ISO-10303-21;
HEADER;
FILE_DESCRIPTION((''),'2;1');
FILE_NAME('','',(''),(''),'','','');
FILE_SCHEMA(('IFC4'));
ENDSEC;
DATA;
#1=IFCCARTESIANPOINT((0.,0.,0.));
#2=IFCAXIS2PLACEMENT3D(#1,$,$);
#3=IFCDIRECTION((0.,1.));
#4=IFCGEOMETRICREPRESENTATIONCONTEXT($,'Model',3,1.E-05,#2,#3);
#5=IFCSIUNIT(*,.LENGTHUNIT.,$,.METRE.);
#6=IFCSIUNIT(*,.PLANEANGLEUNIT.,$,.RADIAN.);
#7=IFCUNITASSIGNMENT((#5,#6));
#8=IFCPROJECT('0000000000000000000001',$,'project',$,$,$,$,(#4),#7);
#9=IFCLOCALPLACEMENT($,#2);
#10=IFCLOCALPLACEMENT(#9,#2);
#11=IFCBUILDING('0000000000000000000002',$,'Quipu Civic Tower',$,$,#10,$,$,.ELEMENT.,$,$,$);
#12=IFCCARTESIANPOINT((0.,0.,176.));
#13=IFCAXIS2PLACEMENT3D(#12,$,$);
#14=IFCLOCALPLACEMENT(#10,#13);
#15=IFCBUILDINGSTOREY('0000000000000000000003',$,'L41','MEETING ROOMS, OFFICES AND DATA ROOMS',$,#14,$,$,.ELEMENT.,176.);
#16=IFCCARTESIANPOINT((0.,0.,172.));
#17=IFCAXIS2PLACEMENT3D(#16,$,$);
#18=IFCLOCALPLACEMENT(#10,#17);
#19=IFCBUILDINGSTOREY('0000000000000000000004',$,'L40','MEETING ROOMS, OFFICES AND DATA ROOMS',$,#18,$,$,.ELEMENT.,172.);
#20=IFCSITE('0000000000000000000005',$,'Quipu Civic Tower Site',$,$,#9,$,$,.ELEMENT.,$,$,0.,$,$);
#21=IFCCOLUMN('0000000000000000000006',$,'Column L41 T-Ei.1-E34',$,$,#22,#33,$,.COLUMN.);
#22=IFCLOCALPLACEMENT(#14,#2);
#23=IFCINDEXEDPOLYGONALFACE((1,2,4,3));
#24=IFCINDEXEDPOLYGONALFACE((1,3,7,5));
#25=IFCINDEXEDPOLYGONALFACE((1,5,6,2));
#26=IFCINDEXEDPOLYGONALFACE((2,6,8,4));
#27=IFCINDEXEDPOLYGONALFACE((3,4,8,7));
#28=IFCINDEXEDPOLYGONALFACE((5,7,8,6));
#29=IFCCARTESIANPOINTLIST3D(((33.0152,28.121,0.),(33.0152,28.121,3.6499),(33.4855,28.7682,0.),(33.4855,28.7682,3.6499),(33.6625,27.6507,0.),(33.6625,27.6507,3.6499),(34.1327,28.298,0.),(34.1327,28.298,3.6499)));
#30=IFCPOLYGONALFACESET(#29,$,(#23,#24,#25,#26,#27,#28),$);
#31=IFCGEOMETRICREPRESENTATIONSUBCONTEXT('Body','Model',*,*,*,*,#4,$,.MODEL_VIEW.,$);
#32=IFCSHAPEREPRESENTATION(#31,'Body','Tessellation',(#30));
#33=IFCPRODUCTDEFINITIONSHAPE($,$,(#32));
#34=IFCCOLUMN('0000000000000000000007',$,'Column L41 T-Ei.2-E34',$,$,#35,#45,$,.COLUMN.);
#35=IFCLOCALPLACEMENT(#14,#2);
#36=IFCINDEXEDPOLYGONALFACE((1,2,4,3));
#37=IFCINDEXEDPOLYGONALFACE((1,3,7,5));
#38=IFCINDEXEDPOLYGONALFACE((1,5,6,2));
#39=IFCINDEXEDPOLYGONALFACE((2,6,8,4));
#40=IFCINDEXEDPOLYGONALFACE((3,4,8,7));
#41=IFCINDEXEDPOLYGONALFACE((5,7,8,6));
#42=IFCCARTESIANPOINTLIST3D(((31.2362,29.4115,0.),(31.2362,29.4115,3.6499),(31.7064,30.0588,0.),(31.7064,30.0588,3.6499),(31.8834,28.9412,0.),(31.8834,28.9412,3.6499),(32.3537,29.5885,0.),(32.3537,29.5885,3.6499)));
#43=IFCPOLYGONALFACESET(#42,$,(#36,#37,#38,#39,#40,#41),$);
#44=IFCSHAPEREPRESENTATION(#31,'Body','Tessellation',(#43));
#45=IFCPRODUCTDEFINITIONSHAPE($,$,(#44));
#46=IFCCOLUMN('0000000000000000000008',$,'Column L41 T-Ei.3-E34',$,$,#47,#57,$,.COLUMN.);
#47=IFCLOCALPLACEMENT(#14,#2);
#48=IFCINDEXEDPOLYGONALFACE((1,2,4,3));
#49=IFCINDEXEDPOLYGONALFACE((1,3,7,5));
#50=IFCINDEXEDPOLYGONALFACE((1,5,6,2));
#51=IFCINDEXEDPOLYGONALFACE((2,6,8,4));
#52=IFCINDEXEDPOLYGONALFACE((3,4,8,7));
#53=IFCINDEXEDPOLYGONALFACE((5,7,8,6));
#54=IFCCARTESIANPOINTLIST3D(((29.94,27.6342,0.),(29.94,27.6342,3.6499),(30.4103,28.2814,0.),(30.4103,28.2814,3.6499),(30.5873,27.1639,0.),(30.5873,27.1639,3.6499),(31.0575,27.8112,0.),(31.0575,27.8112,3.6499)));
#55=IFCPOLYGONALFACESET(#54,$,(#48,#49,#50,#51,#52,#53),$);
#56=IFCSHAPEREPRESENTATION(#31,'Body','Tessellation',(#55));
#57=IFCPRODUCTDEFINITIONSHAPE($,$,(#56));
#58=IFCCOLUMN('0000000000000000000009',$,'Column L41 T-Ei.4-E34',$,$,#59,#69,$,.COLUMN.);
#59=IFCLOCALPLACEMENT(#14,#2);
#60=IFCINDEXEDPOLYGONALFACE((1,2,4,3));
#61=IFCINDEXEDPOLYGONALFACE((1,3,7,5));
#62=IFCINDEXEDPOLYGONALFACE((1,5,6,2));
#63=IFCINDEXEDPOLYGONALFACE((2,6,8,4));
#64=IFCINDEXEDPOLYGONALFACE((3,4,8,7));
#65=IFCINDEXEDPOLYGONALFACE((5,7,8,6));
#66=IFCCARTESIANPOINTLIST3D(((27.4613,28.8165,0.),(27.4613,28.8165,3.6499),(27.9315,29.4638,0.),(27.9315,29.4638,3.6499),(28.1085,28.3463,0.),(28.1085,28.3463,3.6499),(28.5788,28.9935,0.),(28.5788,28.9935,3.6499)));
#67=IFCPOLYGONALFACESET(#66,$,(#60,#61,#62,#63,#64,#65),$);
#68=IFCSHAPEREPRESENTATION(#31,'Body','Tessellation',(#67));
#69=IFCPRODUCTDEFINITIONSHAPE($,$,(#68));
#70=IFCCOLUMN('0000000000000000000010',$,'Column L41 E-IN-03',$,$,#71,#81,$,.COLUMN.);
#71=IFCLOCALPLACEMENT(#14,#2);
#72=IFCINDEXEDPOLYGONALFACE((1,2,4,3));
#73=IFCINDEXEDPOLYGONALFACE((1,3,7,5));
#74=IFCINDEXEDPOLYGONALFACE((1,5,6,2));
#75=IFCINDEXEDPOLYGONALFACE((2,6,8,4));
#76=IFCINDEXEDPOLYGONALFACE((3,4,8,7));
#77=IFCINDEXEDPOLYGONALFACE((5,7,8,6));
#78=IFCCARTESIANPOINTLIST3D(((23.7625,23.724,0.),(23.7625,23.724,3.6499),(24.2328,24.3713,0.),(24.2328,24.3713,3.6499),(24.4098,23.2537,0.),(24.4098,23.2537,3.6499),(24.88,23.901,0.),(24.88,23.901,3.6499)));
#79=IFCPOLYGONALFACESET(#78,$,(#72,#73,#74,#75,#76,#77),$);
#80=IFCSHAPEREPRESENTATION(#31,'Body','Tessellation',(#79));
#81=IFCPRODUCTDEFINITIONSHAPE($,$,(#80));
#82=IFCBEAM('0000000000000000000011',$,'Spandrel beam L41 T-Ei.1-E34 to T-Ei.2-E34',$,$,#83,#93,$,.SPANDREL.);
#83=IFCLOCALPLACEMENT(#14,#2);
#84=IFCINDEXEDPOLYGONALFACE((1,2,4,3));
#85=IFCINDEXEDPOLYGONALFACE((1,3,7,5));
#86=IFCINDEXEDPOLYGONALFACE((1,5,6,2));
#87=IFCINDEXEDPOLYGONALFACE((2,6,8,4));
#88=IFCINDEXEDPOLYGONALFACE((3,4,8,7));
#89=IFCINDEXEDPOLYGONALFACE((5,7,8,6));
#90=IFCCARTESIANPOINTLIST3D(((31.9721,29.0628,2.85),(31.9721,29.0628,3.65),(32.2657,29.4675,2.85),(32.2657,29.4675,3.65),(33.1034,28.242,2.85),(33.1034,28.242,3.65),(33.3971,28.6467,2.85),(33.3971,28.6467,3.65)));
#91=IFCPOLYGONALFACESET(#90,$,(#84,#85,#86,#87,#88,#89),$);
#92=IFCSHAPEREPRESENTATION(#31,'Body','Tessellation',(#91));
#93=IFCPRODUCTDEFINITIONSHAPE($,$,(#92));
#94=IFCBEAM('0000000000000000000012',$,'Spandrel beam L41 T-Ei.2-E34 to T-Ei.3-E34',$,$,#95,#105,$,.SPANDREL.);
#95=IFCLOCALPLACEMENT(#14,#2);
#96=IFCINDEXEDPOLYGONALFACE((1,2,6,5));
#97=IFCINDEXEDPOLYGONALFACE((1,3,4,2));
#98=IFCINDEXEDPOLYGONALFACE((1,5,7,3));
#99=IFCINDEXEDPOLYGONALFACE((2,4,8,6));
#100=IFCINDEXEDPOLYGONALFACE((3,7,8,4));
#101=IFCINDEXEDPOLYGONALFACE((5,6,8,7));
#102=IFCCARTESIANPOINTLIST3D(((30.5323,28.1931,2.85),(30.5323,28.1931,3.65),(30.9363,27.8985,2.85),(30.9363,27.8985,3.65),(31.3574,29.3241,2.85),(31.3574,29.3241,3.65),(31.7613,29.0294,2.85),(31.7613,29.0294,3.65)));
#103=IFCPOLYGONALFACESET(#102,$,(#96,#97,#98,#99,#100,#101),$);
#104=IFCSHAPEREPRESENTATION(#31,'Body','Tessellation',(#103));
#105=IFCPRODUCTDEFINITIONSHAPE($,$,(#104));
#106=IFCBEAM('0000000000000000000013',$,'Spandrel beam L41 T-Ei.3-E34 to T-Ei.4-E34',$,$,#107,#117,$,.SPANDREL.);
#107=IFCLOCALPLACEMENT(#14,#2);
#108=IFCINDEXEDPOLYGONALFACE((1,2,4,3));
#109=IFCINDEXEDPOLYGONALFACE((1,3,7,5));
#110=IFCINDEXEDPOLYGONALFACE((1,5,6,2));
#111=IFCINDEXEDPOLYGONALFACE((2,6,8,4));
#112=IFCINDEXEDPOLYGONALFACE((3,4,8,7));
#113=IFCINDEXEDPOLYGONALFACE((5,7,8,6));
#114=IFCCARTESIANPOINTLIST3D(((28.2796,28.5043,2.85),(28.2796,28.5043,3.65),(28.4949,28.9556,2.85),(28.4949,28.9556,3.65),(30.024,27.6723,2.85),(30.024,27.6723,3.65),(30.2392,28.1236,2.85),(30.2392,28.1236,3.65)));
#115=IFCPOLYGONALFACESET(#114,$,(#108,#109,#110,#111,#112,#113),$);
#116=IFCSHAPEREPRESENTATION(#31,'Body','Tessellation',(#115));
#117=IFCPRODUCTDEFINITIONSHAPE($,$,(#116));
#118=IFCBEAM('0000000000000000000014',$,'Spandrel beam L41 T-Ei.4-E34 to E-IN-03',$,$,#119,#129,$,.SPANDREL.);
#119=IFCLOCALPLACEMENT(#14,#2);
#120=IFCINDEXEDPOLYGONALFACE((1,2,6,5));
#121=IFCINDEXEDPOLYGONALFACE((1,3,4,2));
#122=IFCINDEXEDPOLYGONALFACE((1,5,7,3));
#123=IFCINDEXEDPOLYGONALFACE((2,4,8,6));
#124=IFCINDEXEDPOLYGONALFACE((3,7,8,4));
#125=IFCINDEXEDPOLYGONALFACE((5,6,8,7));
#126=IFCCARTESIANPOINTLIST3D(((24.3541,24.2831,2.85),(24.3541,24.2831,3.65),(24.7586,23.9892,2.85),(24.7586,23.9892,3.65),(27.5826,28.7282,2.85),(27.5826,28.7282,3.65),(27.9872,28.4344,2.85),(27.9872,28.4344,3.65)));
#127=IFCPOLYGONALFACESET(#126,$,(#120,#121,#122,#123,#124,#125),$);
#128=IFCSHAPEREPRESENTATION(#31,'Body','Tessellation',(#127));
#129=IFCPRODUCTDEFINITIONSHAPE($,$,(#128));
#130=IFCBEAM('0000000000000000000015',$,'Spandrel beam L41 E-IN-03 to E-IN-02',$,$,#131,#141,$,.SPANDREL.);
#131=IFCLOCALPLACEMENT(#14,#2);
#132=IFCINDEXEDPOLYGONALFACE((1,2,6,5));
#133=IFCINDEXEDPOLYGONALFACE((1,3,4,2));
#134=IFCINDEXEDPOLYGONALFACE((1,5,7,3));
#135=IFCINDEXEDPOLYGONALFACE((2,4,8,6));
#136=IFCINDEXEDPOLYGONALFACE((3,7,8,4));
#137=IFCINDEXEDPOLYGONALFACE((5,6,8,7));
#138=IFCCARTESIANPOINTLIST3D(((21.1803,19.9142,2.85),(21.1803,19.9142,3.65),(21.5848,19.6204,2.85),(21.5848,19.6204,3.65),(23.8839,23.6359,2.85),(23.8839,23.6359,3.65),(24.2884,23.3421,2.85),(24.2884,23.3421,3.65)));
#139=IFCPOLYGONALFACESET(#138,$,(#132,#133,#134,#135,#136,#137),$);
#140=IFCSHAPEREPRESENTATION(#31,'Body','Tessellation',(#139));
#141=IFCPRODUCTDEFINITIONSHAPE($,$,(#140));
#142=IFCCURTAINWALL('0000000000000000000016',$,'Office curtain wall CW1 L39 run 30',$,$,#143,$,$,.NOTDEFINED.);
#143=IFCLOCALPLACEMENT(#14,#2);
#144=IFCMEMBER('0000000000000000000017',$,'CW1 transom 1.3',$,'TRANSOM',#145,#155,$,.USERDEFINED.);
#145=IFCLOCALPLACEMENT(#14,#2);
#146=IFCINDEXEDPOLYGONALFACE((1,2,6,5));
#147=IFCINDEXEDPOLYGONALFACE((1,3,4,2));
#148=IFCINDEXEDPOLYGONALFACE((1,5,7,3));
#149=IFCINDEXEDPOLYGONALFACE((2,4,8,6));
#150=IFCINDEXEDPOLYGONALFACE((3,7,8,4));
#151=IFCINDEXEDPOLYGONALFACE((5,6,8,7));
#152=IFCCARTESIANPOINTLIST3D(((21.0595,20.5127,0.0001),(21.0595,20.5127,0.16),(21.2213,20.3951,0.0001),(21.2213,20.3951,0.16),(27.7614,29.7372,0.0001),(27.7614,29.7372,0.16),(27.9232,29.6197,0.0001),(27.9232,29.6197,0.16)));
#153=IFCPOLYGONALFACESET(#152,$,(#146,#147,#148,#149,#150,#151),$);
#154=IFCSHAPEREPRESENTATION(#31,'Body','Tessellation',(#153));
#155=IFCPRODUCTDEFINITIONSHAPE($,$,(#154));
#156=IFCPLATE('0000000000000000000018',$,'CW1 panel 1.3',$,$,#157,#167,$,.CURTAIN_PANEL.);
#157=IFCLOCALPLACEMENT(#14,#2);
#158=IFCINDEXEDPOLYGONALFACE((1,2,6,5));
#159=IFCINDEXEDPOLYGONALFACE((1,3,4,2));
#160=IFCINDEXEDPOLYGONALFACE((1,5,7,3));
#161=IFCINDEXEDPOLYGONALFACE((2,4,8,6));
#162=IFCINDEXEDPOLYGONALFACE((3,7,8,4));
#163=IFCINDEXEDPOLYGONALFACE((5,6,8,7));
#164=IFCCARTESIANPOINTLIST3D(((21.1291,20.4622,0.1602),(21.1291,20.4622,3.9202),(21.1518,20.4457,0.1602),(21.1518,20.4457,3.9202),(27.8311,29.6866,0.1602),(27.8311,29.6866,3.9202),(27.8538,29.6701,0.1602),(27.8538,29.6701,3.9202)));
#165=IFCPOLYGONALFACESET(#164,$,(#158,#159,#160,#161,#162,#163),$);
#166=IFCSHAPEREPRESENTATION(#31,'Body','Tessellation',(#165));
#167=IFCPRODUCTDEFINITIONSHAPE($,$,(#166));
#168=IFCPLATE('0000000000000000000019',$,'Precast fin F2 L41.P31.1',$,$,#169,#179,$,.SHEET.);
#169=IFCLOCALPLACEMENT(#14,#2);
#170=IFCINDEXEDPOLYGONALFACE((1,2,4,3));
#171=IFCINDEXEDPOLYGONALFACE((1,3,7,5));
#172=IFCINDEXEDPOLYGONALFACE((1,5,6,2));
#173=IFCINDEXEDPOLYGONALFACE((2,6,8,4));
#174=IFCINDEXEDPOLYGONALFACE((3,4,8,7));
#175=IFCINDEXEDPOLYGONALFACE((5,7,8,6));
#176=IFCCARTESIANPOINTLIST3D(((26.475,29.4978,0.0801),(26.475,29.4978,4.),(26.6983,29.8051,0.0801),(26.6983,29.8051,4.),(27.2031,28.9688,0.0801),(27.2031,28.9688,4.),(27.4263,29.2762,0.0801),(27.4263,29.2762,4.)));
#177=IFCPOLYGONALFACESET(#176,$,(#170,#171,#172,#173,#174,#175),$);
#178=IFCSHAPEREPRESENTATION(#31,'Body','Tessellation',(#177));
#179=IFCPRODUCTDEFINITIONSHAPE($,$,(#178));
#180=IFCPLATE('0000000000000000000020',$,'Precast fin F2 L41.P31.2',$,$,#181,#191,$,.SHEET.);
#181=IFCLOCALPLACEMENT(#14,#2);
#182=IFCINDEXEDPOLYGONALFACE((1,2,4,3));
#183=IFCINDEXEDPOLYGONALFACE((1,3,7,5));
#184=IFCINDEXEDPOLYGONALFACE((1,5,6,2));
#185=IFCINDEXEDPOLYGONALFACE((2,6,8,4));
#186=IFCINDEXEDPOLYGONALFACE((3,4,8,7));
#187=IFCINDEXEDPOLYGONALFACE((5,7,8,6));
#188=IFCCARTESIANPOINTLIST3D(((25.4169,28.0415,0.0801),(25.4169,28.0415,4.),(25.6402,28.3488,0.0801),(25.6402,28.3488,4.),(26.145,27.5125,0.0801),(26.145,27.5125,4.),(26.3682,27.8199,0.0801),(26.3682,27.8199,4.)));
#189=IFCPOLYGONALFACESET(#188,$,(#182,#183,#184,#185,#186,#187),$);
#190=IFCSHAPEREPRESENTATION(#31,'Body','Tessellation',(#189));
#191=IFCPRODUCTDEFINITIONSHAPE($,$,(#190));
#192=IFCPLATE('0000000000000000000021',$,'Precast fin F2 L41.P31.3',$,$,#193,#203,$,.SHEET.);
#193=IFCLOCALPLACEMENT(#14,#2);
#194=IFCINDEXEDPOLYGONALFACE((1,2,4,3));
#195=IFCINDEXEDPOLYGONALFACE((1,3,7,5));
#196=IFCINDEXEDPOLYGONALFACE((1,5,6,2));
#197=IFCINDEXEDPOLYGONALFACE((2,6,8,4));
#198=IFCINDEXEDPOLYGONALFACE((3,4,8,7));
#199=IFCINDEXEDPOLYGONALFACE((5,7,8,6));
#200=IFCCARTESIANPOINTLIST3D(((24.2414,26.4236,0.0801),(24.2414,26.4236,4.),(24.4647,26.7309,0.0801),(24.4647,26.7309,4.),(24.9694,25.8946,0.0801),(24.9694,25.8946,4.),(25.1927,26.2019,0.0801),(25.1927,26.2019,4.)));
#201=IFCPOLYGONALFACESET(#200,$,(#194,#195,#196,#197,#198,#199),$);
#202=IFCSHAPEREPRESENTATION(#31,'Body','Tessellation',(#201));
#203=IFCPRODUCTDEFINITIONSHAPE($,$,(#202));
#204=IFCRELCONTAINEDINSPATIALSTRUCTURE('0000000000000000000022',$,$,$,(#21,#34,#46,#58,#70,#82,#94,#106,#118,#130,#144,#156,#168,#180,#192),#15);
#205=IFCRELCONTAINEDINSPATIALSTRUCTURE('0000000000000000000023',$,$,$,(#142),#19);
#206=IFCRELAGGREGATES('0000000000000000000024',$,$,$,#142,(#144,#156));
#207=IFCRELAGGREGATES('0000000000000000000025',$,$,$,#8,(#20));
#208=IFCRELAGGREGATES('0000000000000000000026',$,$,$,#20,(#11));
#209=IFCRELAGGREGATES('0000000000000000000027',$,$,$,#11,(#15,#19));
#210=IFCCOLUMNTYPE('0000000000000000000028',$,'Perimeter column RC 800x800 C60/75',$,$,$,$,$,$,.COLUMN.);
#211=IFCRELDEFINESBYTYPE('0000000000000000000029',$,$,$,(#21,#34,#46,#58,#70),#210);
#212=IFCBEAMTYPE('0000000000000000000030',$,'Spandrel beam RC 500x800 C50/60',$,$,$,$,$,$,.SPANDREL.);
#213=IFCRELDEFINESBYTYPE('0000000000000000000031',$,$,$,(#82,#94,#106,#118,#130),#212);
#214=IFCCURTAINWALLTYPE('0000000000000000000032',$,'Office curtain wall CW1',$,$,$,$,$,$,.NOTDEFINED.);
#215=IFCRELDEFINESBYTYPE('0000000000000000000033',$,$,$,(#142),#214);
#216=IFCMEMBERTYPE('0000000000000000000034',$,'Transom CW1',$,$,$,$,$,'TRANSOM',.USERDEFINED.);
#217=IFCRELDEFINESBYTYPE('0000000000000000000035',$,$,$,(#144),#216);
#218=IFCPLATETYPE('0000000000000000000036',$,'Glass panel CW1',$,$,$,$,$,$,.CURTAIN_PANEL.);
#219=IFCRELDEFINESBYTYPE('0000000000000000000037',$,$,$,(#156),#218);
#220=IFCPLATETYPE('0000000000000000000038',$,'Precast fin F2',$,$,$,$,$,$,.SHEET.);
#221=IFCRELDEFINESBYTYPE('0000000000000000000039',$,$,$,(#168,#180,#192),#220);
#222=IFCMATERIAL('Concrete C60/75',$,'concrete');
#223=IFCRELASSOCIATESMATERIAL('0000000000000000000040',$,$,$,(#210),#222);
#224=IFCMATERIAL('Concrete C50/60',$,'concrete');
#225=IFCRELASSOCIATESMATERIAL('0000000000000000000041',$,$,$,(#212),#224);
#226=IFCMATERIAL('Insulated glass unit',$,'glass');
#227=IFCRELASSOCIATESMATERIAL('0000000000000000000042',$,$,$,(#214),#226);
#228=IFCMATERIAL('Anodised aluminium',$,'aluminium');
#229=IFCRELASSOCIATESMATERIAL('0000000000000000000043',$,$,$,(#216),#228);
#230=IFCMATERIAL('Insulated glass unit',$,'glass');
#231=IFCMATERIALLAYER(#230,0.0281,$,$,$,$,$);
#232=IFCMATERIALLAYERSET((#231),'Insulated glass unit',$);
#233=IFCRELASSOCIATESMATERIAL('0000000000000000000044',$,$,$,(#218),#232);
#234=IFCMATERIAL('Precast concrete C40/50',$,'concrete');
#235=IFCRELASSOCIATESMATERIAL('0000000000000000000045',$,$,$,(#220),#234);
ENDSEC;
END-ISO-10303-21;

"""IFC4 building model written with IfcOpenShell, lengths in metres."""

from ifc_helpers import new_model, si_unit, direction, frame, origin, origin_2d, place, context, subcontext, project, spatial, rectangle, extrude, material, layer, layer_set, material_profile, profile_set, type_object, element, aggregate, save


model = new_model("IFC4")

# Units and contexts
model_context = context("Model", 3, precision=1e-05, world=origin(), true_north=direction((0.0, 1.0)))
body_context = subcontext(model_context, "Body", "Model", "MODEL_VIEW")
ifc_project = project(units=[si_unit("LENGTHUNIT", "METRE"), si_unit("PLANEANGLEUNIT", "RADIAN")], contexts=[model_context])

# Site, building, storey
site_placement = place(None, origin())
site = spatial("IfcSite", under=ifc_project, at=site_placement, Name="Quipu Civic Tower Site", CompositionType="ELEMENT", RefElevation=0.0)
building_placement = place(site_placement, origin())
building = spatial("IfcBuilding", under=site, at=building_placement, Name="Quipu Civic Tower", CompositionType="ELEMENT")
storey_1_placement = place(building_placement, frame((0.0, 0.0, 176.0)))
storey_1 = spatial("IfcBuildingStorey", under=building, at=storey_1_placement, Name="L41", Description="MEETING ROOMS, OFFICES AND DATA ROOMS", CompositionType="ELEMENT", Elevation=176.0)

# Columns
ifc_material_1 = material(Name="Concrete C60/75", Category="concrete")
ifc_material_profile_1 = material_profile(ifc_material_1, rectangle(XDim=0.8, YDim=0.8, at=origin_2d()), Name="RC800x800")
ifc_profile_set_1 = profile_set([ifc_material_profile_1], Name="Concrete C60/75")
column_type = type_object("IfcColumnType", Name="Perimeter column RC 800x800 C60/75", PredefinedType="COLUMN", material=ifc_profile_set_1)
for number, where, z_axis, x_axis, name in (
    (1, (33.574, 28.2095, 0.0), (0.0, 0.0, 1.0), (-0.809017, 0.587785, 0.0), "Column L41 T-Ei.1-E34"),
    (2, (31.7949, 29.5, 0.0), (0.0, 0.0, 1.0), (-0.587785, -0.809017, 0.0), "Column L41 T-Ei.2-E34"),
    (3, (30.4988, 27.7227, 0.0), (0.0, 0.0, 1.0), (-0.809017, 0.587785, 0.0), "Column L41 T-Ei.3-E34"),
    (4, (28.02, 28.905, 0.0), (0.0, 0.0, 1.0), (-0.809017, 0.587785, 0.0), "Column L41 T-Ei.4-E34"),
    (5, (24.3213, 23.8125, 0.0), (0.0, 0.0, 1.0), (-0.587785, -0.809017, 0.0), "Column L41 E-IN-03"),
):
    element("IfcColumn", number, at=place(storey_1_placement, frame(where, z_axis=z_axis, x_axis=x_axis)), inside=storey_1, type_object=column_type, Name=name, PredefinedType="COLUMN", context=body_context, shape_type="SweptSolid", body=[
        extrude(rectangle(XDim=0.8, YDim=0.8, at=origin_2d()), origin(), (0.0, 0.0, 1.0), 3.6499),
    ])

# Beams
ifc_material_2 = material(Name="Concrete C50/60", Category="concrete")
ifc_material_profile_2 = material_profile(ifc_material_2, rectangle(XDim=0.5, YDim=0.8, at=origin_2d()), Name="RC500x800")
ifc_profile_set_2 = profile_set([ifc_material_profile_2], Name="Concrete C50/60")
beam_type = type_object("IfcBeamType", Name="Spandrel beam RC 500x800 C50/60", PredefinedType="SPANDREL", material=ifc_profile_set_2)
beam_1_placement = place(storey_1_placement, frame((33.2502, 28.4443, 3.25), z_axis=(-0.809415, 0.587237, 0.0), x_axis=(-0.587237, -0.809415, 0.0)))
element("IfcBeam", 6, at=beam_1_placement, inside=storey_1, type_object=beam_type, Name="Spandrel beam L41 T-Ei.1-E34 to T-Ei.2-E34", PredefinedType="SPANDREL", context=body_context, shape_type="SweptSolid", body=[
    extrude(rectangle(XDim=0.5, YDim=0.8, at=origin_2d()), origin(), (0.0, 0.0, 1.0), 1.3977),
])
beam_2_placement = place(storey_1_placement, frame((31.5593, 29.1768, 3.25), z_axis=(-0.589343, -0.807883, 0.0), x_axis=(0.807883, -0.589343, 0.0)))
element("IfcBeam", 7, at=beam_2_placement, inside=storey_1, type_object=beam_type, Name="Spandrel beam L41 T-Ei.2-E34 to T-Ei.3-E34", PredefinedType="SPANDREL", context=body_context, shape_type="SweptSolid", body=[
    extrude(rectangle(XDim=0.5, YDim=0.8, at=origin_2d()), origin(), (0.0, 0.0, 1.0), 1.3999),
])
beam_3_placement = place(storey_1_placement, frame((30.1316, 27.8979, 3.25), z_axis=(-0.902585, 0.430512, 0.0), x_axis=(-0.430512, -0.902585, 0.0)))
element("IfcBeam", 8, at=beam_3_placement, inside=storey_1, type_object=beam_type, Name="Spandrel beam L41 T-Ei.3-E34 to T-Ei.4-E34", PredefinedType="SPANDREL", context=body_context, shape_type="SweptSolid", body=[
    extrude(rectangle(XDim=0.5, YDim=0.8, at=origin_2d()), origin(), (0.0, 0.0, 1.0), 1.9326),
])
beam_4_placement = place(storey_1_placement, frame((27.7849, 28.5813, 3.25), z_axis=(-0.587664, -0.809105, 0.0), x_axis=(0.809105, -0.587664, 0.0)))
element("IfcBeam", 9, at=beam_4_placement, inside=storey_1, type_object=beam_type, Name="Spandrel beam L41 T-Ei.4-E34 to E-IN-03", PredefinedType="SPANDREL", context=body_context, shape_type="SweptSolid", body=[
    extrude(rectangle(XDim=0.5, YDim=0.8, at=origin_2d()), origin(), (0.0, 0.0, 1.0), 5.4939),
])
beam_5_placement = place(storey_1_placement, frame((24.0862, 23.489, 3.25), z_axis=(-0.587736, -0.809053, 0.0), x_axis=(0.809053, -0.587736, 0.0)))
element("IfcBeam", 10, at=beam_5_placement, inside=storey_1, type_object=beam_type, Name="Spandrel beam L41 E-IN-03 to E-IN-02", PredefinedType="SPANDREL", context=body_context, shape_type="SweptSolid", body=[
    extrude(rectangle(XDim=0.5, YDim=0.8, at=origin_2d()), origin(), (0.0, 0.0, 1.0), 4.6001),
])

# Shared definitions
storey_2_placement = place(building_placement, frame((0.0, 0.0, 172.0)))
storey_2 = spatial("IfcBuildingStorey", under=building, at=storey_2_placement, Name="L40", Description="MEETING ROOMS, OFFICES AND DATA ROOMS", CompositionType="ELEMENT", Elevation=172.0)

# Curtain wall, member, plate
ifc_material_3 = material(Name="Insulated glass unit", Category="glass")
curtain_wall_type = type_object("IfcCurtainWallType", Name="Office curtain wall CW1", PredefinedType="NOTDEFINED", material=ifc_material_3)
curtain_wall_placement = place(storey_2_placement, origin())
curtain_wall = element("IfcCurtainWall", 11, at=curtain_wall_placement, inside=storey_2, type_object=curtain_wall_type, Name="Office curtain wall CW1 L39 run 30", PredefinedType="NOTDEFINED")
ifc_material_4 = material(Name="Anodised aluminium", Category="aluminium")
ifc_material_profile_3 = material_profile(ifc_material_4, rectangle(XDim=0.2, YDim=0.1599, at=origin_2d()), Name="RECT 200x160")
ifc_profile_set_3 = profile_set([ifc_material_profile_3], Name="Anodised aluminium")
member_type = type_object("IfcMemberType", Name="Transom CW1", ElementType="TRANSOM", PredefinedType="USERDEFINED", material=ifc_profile_set_3)
member_placement = place(storey_1_placement, frame((27.8423, 29.6785, 0.0801), z_axis=(-0.587776, -0.809024, 0.0), x_axis=(0.809024, -0.587776, 0.0)))
member = element("IfcMember", 12, at=member_placement, inside=storey_1, type_object=member_type, Name="CW1 transom 1.3", ObjectType="TRANSOM", PredefinedType="USERDEFINED", context=body_context, shape_type="SweptSolid", body=[
    extrude(rectangle(XDim=0.2, YDim=0.1599, at=origin_2d()), origin(), (0.0, 0.0, 1.0), 11.4021),
])
ifc_material_5 = material(Name="Insulated glass unit", Category="glass")
ifc_layer_1 = layer(ifc_material_5, 0.0281)
ifc_layer_set_1 = layer_set([ifc_layer_1], Name="Insulated glass unit")
plate_type_1 = type_object("IfcPlateType", Name="Glass panel CW1", PredefinedType="CURTAIN_PANEL", material=ifc_layer_set_1)
plate_placement = place(storey_1_placement, frame((24.4915, 25.0662, 0.1602), z_axis=(0.0, 0.0, 1.0), x_axis=(-0.587789, -0.809014, 0.0)))
plate = element("IfcPlate", 13, at=plate_placement, inside=storey_1, type_object=plate_type_1, Name="CW1 panel 1.3", PredefinedType="CURTAIN_PANEL", context=body_context, shape_type="SweptSolid", body=[
    extrude(rectangle(XDim=11.4021, YDim=0.0281, at=origin_2d()), origin(), (0.0, 0.0, 1.0), 3.76),
])
aggregate(curtain_wall, [member, plate])

# Plates
ifc_material_6 = material(Name="Precast concrete C40/50", Category="concrete")
plate_type_2 = type_object("IfcPlateType", Name="Precast fin F2", PredefinedType="SHEET", material=ifc_material_6)
for number, where, z_axis, x_axis, name in (
    (14, (26.9507, 29.387, 0.0801), (0.0, 0.0, 1.0), (-0.587787, -0.809016, 0.0), "Precast fin F2 L41.P31.1"),
    (15, (25.8926, 27.9307, 0.0801), (0.0, 0.0, 1.0), (-0.587787, -0.809016, 0.0), "Precast fin F2 L41.P31.2"),
    (16, (24.717, 26.3127, 0.0801), (0.0, 0.0, 1.0), (-0.587787, -0.809016, 0.0), "Precast fin F2 L41.P31.3"),
):
    element("IfcPlate", number, at=place(storey_1_placement, frame(where, z_axis=z_axis, x_axis=x_axis)), inside=storey_1, type_object=plate_type_2, Name=name, PredefinedType="SHEET", context=body_context, shape_type="SweptSolid", body=[
        extrude(rectangle(XDim=0.3799, YDim=0.8999, at=origin_2d()), origin(), (0.0, 0.0, 1.0), 3.9199),
    ])

save(model, "model.ifc")
